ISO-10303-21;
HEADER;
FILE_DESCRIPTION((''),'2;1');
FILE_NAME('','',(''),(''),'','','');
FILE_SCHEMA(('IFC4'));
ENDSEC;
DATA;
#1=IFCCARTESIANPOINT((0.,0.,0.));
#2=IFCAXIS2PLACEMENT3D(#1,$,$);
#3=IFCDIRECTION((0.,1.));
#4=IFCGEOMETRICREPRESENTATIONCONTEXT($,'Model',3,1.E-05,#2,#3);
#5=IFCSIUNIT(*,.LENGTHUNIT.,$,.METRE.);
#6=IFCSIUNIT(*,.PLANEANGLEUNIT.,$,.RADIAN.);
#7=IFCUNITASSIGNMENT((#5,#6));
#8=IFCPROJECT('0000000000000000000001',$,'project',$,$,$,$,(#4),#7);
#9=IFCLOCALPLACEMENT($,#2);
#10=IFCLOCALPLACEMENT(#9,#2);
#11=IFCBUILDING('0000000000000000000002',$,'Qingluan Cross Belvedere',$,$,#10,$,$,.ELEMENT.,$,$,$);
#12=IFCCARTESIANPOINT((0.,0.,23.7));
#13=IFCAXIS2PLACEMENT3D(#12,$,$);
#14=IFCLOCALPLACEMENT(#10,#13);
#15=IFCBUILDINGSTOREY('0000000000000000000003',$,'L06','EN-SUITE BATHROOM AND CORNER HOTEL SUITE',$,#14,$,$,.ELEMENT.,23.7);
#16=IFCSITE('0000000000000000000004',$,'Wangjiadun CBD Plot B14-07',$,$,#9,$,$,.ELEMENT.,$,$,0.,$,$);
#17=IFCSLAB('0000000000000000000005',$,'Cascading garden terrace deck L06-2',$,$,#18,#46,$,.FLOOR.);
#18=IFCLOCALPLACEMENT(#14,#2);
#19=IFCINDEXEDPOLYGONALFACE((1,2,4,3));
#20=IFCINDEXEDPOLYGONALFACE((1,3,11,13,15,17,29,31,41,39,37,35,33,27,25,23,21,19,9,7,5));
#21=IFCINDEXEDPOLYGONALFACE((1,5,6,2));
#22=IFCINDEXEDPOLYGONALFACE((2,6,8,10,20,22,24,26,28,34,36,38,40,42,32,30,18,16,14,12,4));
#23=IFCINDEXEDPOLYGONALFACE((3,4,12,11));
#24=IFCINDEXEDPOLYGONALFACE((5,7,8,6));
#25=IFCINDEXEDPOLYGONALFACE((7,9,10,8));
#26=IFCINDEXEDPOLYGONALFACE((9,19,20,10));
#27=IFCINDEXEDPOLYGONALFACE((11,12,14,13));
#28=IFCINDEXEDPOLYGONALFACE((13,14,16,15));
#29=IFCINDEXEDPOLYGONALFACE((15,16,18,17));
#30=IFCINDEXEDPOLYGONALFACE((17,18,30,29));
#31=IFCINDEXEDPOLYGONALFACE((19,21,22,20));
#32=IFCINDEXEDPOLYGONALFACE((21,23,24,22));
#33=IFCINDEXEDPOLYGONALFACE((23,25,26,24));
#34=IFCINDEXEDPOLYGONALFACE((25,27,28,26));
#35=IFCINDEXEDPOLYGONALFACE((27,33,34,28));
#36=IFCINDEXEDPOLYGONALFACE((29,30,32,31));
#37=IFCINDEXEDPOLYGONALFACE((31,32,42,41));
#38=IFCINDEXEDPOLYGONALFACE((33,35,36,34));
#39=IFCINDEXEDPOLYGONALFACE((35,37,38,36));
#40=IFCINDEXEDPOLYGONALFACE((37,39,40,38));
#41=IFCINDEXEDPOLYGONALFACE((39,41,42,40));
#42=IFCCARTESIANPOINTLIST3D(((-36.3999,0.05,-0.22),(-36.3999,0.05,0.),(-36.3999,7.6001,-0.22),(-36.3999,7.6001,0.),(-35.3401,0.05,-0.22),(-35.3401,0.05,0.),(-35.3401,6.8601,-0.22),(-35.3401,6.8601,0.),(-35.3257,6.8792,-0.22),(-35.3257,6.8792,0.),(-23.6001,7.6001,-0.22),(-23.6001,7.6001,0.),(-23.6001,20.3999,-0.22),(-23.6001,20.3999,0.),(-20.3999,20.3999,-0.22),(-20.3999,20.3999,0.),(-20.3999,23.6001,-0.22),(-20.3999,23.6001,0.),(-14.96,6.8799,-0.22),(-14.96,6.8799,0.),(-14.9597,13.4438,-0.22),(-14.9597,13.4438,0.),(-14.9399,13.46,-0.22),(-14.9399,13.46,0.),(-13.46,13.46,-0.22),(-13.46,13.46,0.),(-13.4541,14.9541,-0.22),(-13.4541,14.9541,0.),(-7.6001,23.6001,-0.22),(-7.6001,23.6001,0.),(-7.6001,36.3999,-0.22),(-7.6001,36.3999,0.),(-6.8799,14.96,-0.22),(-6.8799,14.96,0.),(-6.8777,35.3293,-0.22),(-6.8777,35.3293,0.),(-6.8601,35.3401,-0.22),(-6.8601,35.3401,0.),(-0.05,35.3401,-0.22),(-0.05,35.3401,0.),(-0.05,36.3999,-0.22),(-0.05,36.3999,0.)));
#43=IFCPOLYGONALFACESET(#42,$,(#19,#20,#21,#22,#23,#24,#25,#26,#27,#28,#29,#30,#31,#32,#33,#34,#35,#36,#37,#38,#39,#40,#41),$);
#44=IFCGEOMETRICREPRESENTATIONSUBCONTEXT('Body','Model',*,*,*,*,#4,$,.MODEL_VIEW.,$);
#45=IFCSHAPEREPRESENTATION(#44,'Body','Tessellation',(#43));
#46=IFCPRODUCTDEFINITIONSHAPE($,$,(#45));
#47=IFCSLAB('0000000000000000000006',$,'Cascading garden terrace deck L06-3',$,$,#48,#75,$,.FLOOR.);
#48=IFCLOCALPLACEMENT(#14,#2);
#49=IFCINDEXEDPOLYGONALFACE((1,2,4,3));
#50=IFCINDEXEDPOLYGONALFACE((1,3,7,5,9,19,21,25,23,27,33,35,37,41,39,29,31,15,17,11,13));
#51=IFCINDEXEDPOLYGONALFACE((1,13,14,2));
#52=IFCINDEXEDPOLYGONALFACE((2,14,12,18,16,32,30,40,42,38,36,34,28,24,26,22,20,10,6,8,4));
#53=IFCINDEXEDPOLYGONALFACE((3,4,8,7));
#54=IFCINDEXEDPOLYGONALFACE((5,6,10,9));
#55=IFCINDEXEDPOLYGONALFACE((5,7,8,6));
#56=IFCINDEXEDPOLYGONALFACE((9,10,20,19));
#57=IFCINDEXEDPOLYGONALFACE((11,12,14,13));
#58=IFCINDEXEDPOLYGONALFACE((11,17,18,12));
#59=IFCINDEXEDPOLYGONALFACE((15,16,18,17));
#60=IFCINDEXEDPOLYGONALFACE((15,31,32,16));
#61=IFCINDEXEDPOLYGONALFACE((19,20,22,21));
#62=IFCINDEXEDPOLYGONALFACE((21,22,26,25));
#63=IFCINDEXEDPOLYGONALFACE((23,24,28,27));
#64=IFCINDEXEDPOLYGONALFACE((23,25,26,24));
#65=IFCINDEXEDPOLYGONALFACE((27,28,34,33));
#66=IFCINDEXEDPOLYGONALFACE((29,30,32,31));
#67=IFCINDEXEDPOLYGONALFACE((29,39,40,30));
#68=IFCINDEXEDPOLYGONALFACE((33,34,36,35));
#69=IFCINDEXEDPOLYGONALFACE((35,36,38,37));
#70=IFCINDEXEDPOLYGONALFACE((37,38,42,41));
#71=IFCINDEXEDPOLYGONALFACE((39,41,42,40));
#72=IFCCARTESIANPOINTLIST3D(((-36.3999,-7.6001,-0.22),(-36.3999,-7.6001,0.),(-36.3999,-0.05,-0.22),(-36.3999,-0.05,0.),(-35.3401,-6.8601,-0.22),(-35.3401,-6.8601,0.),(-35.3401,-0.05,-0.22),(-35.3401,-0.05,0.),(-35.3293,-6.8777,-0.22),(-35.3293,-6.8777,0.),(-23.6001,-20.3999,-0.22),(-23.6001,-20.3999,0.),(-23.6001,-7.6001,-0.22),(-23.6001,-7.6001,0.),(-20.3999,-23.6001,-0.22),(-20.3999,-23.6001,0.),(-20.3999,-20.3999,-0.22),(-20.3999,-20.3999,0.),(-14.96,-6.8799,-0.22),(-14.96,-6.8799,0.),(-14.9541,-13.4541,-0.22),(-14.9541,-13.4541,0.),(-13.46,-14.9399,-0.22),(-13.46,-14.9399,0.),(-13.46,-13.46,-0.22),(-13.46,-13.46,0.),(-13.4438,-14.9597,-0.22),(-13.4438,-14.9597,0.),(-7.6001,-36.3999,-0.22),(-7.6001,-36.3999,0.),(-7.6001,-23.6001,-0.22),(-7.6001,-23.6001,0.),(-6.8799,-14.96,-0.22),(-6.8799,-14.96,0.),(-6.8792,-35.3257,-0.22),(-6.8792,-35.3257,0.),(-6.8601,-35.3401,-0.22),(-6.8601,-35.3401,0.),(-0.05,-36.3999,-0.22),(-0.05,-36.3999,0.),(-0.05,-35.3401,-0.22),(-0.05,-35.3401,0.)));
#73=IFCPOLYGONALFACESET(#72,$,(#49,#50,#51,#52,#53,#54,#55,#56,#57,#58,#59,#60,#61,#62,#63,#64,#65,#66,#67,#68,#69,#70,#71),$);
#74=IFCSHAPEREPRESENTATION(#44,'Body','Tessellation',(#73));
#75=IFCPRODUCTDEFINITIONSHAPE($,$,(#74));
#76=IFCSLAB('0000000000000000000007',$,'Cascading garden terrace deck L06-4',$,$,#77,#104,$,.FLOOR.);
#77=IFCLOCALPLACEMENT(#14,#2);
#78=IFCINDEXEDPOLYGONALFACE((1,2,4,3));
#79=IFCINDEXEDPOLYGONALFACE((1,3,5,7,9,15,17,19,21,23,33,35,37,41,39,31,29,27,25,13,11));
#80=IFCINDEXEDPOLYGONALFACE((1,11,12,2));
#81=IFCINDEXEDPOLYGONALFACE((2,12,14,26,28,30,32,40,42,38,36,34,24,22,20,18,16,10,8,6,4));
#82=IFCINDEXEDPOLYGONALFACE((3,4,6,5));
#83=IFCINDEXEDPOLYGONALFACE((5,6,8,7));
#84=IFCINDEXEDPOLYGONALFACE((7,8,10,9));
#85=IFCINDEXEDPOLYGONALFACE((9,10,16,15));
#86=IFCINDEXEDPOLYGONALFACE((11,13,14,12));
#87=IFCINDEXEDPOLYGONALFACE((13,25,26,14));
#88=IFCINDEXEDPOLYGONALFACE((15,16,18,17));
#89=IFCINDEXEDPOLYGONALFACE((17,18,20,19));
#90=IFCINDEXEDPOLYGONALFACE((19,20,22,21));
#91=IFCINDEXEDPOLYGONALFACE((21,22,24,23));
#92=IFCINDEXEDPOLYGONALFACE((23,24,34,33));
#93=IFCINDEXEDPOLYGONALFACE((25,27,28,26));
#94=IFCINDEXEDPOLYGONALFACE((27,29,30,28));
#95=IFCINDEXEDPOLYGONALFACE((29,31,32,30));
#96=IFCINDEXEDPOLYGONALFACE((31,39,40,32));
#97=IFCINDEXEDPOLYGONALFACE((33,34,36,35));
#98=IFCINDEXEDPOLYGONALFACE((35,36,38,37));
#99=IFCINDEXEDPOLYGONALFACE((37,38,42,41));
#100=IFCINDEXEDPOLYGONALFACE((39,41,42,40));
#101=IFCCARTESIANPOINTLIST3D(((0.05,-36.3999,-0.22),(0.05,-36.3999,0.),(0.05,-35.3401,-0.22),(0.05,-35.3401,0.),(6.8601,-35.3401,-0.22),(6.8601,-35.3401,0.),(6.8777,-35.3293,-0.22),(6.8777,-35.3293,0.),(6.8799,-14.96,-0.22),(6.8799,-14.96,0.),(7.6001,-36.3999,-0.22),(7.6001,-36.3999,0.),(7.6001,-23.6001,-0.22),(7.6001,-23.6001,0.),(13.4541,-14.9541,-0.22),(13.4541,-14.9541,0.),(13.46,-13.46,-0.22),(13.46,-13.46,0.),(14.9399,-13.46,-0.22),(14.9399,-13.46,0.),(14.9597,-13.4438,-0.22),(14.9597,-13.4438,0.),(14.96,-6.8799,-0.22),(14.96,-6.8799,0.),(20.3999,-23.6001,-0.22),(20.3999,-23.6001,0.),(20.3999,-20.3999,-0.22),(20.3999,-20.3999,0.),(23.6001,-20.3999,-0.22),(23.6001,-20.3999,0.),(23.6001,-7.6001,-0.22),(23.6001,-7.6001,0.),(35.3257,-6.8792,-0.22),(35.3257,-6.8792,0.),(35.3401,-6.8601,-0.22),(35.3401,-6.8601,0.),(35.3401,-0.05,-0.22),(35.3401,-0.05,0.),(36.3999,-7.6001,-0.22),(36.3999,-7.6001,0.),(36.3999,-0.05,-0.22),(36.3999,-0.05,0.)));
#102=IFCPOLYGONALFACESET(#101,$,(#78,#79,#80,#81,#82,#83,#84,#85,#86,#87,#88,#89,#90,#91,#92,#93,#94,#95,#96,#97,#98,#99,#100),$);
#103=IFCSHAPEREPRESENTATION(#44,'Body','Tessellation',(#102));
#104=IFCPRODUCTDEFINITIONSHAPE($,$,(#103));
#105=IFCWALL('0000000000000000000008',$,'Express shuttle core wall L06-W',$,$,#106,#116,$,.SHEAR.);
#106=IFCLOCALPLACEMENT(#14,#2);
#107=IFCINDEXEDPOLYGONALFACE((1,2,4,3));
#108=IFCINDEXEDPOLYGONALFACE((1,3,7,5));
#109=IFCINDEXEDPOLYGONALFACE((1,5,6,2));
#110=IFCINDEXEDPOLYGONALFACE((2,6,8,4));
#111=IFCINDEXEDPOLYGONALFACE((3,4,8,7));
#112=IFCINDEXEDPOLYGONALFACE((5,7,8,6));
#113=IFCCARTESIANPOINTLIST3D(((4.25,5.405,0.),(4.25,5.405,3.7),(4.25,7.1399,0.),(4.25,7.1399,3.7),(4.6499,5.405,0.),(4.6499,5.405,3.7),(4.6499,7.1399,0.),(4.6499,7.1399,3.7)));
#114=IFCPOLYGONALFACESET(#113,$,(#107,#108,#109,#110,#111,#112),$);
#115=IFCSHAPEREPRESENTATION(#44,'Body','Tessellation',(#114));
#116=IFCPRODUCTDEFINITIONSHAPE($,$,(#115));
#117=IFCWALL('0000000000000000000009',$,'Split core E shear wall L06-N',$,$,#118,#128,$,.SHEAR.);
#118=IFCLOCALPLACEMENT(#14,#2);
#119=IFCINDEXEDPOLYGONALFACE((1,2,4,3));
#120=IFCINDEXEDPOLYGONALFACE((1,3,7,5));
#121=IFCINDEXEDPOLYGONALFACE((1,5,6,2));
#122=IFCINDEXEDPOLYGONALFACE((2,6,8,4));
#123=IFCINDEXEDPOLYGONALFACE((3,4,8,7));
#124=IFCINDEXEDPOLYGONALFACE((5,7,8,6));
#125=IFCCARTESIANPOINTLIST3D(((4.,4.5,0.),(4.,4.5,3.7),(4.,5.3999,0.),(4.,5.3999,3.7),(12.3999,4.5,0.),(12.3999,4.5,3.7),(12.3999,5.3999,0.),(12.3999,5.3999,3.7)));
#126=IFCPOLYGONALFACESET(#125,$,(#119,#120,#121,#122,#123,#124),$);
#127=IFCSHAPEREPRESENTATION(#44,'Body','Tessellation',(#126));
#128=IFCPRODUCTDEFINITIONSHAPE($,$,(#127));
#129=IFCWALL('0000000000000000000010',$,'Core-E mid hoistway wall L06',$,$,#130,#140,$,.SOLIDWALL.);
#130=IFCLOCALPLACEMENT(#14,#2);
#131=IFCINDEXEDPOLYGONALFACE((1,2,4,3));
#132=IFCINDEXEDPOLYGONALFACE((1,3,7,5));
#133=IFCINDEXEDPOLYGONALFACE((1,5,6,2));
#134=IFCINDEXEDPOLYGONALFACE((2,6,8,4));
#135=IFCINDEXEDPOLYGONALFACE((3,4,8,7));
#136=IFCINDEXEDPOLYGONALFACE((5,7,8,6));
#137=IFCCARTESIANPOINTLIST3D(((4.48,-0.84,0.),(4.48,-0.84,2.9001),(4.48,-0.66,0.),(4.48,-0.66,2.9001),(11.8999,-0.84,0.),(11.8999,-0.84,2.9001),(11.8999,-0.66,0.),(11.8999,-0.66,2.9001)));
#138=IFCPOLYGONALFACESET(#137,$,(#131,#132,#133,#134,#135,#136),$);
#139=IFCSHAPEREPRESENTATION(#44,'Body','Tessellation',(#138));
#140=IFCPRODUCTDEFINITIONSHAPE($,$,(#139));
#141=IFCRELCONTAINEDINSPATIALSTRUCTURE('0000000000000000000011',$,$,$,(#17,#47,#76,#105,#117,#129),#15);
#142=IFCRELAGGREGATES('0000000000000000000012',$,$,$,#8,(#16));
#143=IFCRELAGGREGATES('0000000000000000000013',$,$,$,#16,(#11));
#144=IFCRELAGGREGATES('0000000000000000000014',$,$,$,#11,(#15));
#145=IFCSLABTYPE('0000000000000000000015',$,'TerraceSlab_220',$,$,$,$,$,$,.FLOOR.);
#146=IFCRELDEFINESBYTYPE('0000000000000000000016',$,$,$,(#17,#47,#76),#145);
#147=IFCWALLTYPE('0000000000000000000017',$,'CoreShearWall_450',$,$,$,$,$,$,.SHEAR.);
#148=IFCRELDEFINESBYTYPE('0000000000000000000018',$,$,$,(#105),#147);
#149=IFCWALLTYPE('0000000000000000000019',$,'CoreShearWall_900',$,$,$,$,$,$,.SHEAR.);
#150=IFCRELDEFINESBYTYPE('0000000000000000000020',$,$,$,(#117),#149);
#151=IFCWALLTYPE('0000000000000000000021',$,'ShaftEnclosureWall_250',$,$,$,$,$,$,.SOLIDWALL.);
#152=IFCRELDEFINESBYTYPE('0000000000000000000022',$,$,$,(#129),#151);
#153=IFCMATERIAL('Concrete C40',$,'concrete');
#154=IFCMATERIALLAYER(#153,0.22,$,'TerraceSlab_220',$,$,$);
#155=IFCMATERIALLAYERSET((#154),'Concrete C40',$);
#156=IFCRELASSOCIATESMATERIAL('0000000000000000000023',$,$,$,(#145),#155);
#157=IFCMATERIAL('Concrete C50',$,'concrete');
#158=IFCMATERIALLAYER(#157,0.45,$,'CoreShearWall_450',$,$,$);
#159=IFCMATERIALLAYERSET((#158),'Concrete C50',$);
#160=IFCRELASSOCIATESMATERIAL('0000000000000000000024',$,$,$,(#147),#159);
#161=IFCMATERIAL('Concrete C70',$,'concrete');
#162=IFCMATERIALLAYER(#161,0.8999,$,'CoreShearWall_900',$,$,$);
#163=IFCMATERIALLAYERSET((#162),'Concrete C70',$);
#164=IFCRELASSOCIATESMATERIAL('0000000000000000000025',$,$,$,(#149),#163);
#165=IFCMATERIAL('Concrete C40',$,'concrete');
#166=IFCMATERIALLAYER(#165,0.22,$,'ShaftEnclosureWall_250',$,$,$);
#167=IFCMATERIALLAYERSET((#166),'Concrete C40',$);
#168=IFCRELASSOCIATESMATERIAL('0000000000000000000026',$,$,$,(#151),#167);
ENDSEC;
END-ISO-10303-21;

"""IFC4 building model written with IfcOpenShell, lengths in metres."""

from ifc_helpers import new_model, si_unit, direction, frame, frame_2d, origin, place, context, subcontext, project, spatial, polyline, rectangle, outline, extrude, material, layer, layer_set, type_object, element, save


model = new_model("IFC4")

# Units and contexts
model_context = context("Model", 3, precision=1e-05, world=origin(), true_north=direction((0.0, 1.0)))
body_context = subcontext(model_context, "Body", "Model", "MODEL_VIEW")
ifc_project = project(units=[si_unit("LENGTHUNIT", "METRE"), si_unit("PLANEANGLEUNIT", "RADIAN")], contexts=[model_context])

# Site, building, storey
site_placement = place(None, origin())
site = spatial("IfcSite", under=ifc_project, at=site_placement, Name="Wangjiadun CBD Plot B14-07", CompositionType="ELEMENT", RefElevation=0.0)
building_placement = place(site_placement, origin())
building = spatial("IfcBuilding", under=site, at=building_placement, Name="Qingluan Cross Belvedere", CompositionType="ELEMENT")
storey_placement = place(building_placement, frame((0.0, 0.0, 23.7)))
storey = spatial("IfcBuildingStorey", under=building, at=storey_placement, Name="L06", Description="EN-SUITE BATHROOM AND CORNER HOTEL SUITE", CompositionType="ELEMENT", Elevation=23.7)

# Slabs
ifc_material_1 = material(Name="Concrete C40", Category="concrete")
ifc_layer_1 = layer(ifc_material_1, 0.22, Name="TerraceSlab_220")
ifc_layer_set_1 = layer_set([ifc_layer_1], Name="Concrete C40")
slab_type_1 = type_object("IfcSlabType", Name="TerraceSlab_220", PredefinedType="FLOOR", material=ifc_layer_set_1)
slab_1_placement = place(storey_placement, frame((0.0, 0.0, -0.22)))
element("IfcSlab", 1, at=slab_1_placement, inside=storey, type_object=slab_type_1, Name="Cascading garden terrace deck L06-2", PredefinedType="FLOOR", context=body_context, shape_type="SweptSolid", body=[
    extrude(outline(polyline([(-36.3999, 0.05), (-35.3401, 0.05), (-35.3401, 6.8601), (-35.3257, 6.8792), (-14.96, 6.8799), (-14.9597, 13.4438), (-14.9399, 13.46), (-13.46, 13.46), (-13.4541, 14.9541), (-6.8799, 14.96), (-6.8777, 35.3293), (-6.8601, 35.3401), (-0.05, 35.3401), (-0.05, 36.3999), (-7.6001, 36.3999), (-7.6001, 23.6001), (-20.3999, 23.6001), (-20.3999, 20.3999), (-23.6001, 20.3999), (-23.6001, 7.6001), (-36.3999, 7.6001), (-36.3999, 0.05)])), origin(), (0.0, 0.0, 1.0), 0.22),
])
slab_2_placement = place(storey_placement, frame((0.0, 0.0, -0.22)))
element("IfcSlab", 2, at=slab_2_placement, inside=storey, type_object=slab_type_1, Name="Cascading garden terrace deck L06-3", PredefinedType="FLOOR", context=body_context, shape_type="SweptSolid", body=[
    extrude(outline(polyline([(-0.05, -36.3999), (-0.05, -35.3401), (-6.8601, -35.3401), (-6.8792, -35.3257), (-6.8799, -14.96), (-13.4438, -14.9597), (-13.46, -14.9399), (-13.46, -13.46), (-14.9541, -13.4541), (-14.96, -6.8799), (-35.3293, -6.8777), (-35.3401, -6.8601), (-35.3401, -0.05), (-36.3999, -0.05), (-36.3999, -7.6001), (-23.6001, -7.6001), (-23.6001, -20.3999), (-20.3999, -20.3999), (-20.3999, -23.6001), (-7.6001, -23.6001), (-7.6001, -36.3999), (-0.05, -36.3999)])), origin(), (0.0, 0.0, 1.0), 0.22),
])
slab_3_placement = place(storey_placement, frame((0.0, 0.0, -0.22)))
element("IfcSlab", 3, at=slab_3_placement, inside=storey, type_object=slab_type_1, Name="Cascading garden terrace deck L06-4", PredefinedType="FLOOR", context=body_context, shape_type="SweptSolid", body=[
    extrude(outline(polyline([(7.6001, -36.3999), (7.6001, -23.6001), (20.3999, -23.6001), (20.3999, -20.3999), (23.6001, -20.3999), (23.6001, -7.6001), (36.3999, -7.6001), (36.3999, -0.05), (35.3401, -0.05), (35.3401, -6.8601), (35.3257, -6.8792), (14.96, -6.8799), (14.9597, -13.4438), (14.9399, -13.46), (13.46, -13.46), (13.4541, -14.9541), (6.8799, -14.96), (6.8777, -35.3293), (6.8601, -35.3401), (0.05, -35.3401), (0.05, -36.3999), (7.6001, -36.3999)])), origin(), (0.0, 0.0, 1.0), 0.22),
])

# Walls
ifc_material_2 = material(Name="Concrete C50", Category="concrete")
ifc_layer_2 = layer(ifc_material_2, 0.45, Name="CoreShearWall_450")
ifc_layer_set_2 = layer_set([ifc_layer_2], Name="Concrete C50")
wall_type_1 = type_object("IfcWallType", Name="CoreShearWall_450", PredefinedType="SHEAR", material=ifc_layer_set_2)
wall_1_placement = place(storey_placement, frame((4.45, 5.405, 0.0), z_axis=(0.0, 0.0, 1.0), x_axis=(0.0, 1.0, 0.0)))
element("IfcWall", 4, at=wall_1_placement, inside=storey, type_object=wall_type_1, Name="Express shuttle core wall L06-W", PredefinedType="SHEAR", context=body_context, shape_type="SweptSolid", body=[
    extrude(rectangle(XDim=1.7349, YDim=0.3999, at=frame_2d((0.8674, 0.0))), origin(), (0.0, 0.0, 1.0), 3.7),
])
ifc_material_3 = material(Name="Concrete C70", Category="concrete")
ifc_layer_3 = layer(ifc_material_3, 0.8999, Name="CoreShearWall_900")
ifc_layer_set_3 = layer_set([ifc_layer_3], Name="Concrete C70")
wall_type_2 = type_object("IfcWallType", Name="CoreShearWall_900", PredefinedType="SHEAR", material=ifc_layer_set_3)
wall_2_placement = place(storey_placement, frame((4.0, 4.95, 0.0), z_axis=(0.0, 0.0, 1.0), x_axis=(1.0, 0.0, 0.0)))
element("IfcWall", 5, at=wall_2_placement, inside=storey, type_object=wall_type_2, Name="Split core E shear wall L06-N", PredefinedType="SHEAR", context=body_context, shape_type="SweptSolid", body=[
    extrude(rectangle(XDim=8.3999, YDim=0.8999, at=frame_2d((4.2, 0.0))), origin(), (0.0, 0.0, 1.0), 3.7),
])
ifc_material_4 = material(Name="Concrete C40", Category="concrete")
ifc_layer_4 = layer(ifc_material_4, 0.22, Name="ShaftEnclosureWall_250")
ifc_layer_set_4 = layer_set([ifc_layer_4], Name="Concrete C40")
wall_type_3 = type_object("IfcWallType", Name="ShaftEnclosureWall_250", PredefinedType="SOLIDWALL", material=ifc_layer_set_4)
wall_3_placement = place(storey_placement, frame((4.48, -0.75, 0.0), z_axis=(0.0, 0.0, 1.0), x_axis=(1.0, 0.0, 0.0)))
element("IfcWall", 6, at=wall_3_placement, inside=storey, type_object=wall_type_3, Name="Core-E mid hoistway wall L06", PredefinedType="SOLIDWALL", context=body_context, shape_type="SweptSolid", body=[
    extrude(rectangle(XDim=7.4199, YDim=0.1799, at=frame_2d((3.71, 0.0))), origin(), (0.0, 0.0, 1.0), 2.9001),
])

save(model, "model.ifc")
